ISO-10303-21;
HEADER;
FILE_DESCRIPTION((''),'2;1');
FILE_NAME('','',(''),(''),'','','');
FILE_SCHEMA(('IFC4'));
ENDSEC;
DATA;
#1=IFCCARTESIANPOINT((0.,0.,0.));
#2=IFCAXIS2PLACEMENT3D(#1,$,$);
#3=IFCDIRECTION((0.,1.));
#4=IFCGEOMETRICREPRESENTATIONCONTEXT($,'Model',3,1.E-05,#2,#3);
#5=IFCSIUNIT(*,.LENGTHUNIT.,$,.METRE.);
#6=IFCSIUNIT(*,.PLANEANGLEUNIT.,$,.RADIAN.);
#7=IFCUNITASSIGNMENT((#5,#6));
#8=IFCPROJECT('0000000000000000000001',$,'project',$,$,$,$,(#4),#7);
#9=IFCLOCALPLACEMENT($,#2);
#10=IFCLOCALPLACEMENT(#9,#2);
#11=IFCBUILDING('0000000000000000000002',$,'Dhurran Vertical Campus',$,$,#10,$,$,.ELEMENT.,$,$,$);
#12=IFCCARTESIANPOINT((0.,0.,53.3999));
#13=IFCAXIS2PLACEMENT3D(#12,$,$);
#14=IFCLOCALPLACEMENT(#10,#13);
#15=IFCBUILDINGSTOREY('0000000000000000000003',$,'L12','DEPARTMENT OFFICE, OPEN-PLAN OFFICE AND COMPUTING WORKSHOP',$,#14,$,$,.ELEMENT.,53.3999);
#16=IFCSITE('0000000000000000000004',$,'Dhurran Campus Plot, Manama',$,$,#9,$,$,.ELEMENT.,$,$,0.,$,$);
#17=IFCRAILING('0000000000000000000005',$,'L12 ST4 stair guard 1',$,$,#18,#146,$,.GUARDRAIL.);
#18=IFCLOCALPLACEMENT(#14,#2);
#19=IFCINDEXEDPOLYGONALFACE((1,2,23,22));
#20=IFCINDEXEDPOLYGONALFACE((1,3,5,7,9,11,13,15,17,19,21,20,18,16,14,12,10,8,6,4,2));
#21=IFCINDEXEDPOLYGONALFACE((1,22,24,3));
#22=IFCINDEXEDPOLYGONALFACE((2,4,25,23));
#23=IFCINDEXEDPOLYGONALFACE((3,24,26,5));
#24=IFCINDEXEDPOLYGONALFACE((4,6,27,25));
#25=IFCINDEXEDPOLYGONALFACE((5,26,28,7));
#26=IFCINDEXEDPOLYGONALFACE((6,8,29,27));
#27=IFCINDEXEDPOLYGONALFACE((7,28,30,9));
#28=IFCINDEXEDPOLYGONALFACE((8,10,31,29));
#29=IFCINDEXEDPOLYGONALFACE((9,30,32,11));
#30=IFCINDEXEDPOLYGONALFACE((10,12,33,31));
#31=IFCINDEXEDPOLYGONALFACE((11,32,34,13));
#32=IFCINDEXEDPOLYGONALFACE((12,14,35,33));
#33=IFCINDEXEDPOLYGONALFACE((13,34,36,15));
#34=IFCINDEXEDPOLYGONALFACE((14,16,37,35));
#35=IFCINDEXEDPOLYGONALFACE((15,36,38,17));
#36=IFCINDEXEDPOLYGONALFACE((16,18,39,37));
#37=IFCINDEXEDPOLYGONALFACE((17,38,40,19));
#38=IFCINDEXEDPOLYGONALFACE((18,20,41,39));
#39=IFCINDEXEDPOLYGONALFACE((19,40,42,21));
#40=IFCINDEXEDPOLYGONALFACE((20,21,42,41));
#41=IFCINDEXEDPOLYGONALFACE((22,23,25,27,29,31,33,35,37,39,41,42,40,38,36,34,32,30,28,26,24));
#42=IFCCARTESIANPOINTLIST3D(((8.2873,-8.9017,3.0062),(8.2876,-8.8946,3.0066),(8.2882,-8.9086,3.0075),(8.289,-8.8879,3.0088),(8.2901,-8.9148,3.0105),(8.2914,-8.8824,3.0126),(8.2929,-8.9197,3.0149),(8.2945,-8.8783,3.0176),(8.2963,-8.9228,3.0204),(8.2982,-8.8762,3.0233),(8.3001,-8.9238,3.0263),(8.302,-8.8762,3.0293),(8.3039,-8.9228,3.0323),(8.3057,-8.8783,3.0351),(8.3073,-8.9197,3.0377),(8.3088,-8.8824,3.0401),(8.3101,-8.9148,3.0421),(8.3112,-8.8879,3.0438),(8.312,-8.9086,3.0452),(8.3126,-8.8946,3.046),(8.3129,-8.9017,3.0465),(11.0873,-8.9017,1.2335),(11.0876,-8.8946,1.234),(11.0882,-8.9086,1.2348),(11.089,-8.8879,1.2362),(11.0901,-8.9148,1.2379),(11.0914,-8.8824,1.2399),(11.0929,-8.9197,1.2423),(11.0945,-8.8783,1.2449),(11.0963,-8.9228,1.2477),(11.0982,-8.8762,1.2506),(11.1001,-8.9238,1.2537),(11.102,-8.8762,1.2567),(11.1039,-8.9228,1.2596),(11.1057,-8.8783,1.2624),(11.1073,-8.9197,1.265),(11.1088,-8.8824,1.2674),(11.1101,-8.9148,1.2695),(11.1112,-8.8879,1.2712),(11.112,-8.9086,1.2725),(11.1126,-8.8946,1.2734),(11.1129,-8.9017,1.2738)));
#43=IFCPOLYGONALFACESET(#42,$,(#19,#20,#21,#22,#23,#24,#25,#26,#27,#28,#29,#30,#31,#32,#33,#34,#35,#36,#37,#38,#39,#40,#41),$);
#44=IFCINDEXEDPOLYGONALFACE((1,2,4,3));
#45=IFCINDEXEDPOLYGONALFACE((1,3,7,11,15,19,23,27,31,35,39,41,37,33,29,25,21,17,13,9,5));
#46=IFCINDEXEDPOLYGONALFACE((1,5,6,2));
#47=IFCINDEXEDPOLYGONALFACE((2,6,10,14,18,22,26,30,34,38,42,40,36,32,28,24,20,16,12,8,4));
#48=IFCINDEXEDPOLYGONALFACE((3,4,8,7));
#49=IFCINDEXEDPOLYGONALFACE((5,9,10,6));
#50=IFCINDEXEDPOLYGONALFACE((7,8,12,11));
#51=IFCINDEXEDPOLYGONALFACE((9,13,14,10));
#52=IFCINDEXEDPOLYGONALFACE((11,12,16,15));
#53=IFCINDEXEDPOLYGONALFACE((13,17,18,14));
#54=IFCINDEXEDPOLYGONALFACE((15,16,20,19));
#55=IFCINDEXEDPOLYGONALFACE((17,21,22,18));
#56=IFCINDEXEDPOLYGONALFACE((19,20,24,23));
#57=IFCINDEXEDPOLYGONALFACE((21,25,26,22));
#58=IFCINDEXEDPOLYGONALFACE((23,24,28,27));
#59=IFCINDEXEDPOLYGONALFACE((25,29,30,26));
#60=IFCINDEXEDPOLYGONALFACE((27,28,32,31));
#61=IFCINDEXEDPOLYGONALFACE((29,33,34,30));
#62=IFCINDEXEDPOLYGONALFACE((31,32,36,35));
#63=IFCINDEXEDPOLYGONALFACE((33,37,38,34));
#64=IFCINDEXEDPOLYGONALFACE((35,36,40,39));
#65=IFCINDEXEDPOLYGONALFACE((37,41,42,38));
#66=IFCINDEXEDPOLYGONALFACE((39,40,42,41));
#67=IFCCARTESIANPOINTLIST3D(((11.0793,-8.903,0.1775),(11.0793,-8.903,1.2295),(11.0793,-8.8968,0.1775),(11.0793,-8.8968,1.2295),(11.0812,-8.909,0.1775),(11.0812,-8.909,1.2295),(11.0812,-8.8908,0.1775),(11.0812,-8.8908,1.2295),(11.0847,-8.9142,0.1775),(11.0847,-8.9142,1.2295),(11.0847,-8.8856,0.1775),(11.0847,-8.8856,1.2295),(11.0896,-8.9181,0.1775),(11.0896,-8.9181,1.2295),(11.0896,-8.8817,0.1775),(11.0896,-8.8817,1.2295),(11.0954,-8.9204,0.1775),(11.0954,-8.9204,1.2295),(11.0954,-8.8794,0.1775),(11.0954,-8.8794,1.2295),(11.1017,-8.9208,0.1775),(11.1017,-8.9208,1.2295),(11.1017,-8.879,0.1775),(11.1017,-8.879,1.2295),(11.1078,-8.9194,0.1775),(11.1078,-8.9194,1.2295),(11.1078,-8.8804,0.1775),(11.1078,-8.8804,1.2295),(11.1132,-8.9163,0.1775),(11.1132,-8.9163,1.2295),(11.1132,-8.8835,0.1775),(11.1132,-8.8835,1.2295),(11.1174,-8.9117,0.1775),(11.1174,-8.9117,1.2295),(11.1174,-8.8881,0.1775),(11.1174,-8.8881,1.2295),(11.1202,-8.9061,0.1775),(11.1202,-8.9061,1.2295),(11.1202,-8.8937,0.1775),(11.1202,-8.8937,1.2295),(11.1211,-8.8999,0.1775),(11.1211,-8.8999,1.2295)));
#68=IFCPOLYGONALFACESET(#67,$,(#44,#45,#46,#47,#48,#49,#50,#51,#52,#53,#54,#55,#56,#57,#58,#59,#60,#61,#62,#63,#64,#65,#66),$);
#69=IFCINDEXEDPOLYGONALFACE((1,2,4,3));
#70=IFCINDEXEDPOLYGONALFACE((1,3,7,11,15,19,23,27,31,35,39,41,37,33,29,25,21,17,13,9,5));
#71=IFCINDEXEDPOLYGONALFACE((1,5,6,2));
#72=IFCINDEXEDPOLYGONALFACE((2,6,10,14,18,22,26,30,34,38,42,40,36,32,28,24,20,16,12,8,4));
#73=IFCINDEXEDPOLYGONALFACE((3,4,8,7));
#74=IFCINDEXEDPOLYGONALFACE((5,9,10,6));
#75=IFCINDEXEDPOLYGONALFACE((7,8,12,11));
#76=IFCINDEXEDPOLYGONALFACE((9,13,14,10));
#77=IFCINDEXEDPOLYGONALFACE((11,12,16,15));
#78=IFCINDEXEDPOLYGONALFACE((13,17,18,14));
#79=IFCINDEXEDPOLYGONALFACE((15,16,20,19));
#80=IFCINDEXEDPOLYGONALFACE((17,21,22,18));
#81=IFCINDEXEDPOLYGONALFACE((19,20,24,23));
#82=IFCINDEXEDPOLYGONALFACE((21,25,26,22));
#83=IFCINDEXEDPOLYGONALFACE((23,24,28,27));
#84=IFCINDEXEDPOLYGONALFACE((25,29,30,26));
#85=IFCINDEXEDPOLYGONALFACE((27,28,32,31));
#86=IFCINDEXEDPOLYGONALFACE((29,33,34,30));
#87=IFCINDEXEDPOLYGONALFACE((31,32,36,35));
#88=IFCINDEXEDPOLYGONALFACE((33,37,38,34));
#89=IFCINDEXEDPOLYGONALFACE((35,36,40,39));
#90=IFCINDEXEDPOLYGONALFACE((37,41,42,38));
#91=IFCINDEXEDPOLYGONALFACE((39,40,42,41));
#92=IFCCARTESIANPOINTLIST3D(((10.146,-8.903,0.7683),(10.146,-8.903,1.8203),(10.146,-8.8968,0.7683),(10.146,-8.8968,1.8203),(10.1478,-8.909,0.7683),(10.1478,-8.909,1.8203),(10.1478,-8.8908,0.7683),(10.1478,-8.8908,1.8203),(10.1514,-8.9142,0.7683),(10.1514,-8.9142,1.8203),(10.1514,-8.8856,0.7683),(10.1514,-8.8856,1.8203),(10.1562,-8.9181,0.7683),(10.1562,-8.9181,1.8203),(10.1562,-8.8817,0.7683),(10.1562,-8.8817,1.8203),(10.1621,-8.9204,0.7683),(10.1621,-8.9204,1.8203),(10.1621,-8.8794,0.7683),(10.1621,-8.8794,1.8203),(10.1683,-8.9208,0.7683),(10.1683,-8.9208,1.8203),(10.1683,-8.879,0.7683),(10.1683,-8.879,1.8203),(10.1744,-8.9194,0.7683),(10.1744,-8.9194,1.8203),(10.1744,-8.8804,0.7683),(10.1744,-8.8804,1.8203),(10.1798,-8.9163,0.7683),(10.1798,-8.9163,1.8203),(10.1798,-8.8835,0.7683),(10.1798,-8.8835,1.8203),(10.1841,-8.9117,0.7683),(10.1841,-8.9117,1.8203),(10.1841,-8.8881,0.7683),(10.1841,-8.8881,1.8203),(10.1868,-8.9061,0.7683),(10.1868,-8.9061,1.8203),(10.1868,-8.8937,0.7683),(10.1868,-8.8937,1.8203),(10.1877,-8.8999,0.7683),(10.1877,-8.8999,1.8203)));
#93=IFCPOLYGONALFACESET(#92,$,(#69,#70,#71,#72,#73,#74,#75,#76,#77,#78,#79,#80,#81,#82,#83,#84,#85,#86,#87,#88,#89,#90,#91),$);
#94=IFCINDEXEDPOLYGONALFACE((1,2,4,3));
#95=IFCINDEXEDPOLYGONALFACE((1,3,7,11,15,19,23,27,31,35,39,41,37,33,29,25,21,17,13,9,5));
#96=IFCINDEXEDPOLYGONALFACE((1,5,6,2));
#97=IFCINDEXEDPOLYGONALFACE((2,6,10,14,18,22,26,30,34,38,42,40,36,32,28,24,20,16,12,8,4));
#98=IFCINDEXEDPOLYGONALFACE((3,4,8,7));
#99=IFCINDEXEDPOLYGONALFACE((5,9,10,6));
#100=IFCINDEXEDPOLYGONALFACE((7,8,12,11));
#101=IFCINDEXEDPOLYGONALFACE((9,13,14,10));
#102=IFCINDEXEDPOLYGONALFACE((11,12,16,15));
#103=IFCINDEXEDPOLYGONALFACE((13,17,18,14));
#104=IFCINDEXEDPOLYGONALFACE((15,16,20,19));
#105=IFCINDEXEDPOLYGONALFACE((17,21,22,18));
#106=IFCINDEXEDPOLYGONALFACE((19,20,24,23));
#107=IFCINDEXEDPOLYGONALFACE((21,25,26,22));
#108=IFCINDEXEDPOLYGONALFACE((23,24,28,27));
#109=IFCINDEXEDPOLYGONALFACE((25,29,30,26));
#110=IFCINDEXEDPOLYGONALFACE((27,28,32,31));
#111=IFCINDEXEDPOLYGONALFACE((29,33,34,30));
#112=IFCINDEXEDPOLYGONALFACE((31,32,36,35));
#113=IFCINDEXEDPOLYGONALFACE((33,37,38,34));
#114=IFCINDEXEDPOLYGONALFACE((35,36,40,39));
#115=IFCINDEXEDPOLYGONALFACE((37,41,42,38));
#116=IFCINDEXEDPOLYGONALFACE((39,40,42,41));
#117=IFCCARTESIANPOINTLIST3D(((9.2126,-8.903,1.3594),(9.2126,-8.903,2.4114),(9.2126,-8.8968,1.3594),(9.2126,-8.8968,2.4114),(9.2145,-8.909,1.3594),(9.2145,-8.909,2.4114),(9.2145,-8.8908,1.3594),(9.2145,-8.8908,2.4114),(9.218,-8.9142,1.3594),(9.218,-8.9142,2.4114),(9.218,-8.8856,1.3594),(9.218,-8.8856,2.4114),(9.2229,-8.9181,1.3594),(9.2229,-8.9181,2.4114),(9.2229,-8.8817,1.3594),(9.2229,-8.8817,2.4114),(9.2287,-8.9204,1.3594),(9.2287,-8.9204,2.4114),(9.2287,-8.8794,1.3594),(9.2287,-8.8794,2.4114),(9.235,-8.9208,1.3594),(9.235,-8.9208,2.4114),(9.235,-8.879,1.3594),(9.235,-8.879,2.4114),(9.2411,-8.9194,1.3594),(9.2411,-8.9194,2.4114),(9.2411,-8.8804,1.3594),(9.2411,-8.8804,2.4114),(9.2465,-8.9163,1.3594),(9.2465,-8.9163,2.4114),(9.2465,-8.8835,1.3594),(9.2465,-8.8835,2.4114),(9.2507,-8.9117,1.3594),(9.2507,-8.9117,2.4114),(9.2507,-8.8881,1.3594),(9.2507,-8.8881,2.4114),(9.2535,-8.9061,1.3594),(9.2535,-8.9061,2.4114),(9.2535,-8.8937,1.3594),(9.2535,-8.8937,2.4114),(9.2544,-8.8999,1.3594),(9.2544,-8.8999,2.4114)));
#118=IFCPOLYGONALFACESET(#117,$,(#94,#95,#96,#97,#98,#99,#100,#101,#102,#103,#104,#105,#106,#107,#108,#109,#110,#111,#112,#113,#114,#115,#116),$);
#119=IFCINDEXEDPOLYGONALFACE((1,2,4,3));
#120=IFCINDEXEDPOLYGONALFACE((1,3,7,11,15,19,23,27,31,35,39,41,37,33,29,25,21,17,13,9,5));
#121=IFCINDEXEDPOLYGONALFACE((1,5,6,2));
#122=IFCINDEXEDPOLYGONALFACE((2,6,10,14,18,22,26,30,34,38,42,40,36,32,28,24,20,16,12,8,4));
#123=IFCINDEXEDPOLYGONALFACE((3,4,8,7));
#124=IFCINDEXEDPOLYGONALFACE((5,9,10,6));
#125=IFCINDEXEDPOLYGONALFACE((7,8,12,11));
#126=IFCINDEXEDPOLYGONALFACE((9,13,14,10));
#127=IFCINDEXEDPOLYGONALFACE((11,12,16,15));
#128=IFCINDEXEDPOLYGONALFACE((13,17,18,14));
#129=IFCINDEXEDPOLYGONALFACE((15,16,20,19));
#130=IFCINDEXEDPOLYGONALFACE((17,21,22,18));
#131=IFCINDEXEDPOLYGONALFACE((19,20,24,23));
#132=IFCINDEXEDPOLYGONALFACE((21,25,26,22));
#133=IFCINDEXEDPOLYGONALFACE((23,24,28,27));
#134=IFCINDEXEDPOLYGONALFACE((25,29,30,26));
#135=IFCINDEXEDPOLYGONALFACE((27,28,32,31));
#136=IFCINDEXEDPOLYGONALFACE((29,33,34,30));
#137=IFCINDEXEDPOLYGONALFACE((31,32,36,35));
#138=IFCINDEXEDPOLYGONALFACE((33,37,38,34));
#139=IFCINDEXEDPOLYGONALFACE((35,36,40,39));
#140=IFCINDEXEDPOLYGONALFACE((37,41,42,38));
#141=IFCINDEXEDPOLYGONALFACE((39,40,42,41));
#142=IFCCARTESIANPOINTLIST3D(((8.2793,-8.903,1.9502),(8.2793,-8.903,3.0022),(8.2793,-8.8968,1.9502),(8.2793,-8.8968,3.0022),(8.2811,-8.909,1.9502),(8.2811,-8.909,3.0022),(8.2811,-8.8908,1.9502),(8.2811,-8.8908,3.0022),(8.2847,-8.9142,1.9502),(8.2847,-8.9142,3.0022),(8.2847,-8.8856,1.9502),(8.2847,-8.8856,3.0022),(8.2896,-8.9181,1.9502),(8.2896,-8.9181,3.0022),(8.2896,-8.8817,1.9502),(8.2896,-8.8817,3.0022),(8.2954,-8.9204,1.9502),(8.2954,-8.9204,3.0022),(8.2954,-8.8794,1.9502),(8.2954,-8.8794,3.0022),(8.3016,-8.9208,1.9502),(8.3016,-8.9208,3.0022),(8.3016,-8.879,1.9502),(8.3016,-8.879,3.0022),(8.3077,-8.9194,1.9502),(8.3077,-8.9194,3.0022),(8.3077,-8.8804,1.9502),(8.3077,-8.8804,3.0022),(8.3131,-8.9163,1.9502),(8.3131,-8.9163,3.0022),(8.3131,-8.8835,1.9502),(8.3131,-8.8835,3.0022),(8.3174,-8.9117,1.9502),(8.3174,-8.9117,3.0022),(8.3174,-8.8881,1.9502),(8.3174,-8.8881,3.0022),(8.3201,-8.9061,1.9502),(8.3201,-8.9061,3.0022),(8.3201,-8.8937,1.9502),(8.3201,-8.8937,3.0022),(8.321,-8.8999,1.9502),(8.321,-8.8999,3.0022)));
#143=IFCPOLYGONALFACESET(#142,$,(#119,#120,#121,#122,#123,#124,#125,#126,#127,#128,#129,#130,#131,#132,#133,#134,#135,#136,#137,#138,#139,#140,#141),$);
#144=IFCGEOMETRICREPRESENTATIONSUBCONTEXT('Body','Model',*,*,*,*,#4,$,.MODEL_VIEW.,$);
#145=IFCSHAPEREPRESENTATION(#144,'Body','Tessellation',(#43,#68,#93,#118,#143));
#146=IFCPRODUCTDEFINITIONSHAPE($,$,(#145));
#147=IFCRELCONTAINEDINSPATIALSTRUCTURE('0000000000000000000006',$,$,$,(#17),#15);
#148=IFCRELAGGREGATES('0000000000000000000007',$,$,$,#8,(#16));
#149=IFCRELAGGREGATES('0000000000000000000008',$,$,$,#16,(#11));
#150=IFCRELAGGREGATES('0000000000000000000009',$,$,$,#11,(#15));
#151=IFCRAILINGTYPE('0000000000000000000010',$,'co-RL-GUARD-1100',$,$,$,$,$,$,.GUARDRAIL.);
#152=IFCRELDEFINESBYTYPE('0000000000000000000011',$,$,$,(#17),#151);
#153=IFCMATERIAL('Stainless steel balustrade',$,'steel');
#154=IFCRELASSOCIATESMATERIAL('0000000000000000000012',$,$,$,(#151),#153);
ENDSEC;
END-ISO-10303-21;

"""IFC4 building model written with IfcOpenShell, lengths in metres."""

from ifc_helpers import new_model, si_unit, direction, frame, origin, origin_2d, place, context, subcontext, project, spatial, circle, extrude, material, type_object, element, save


model = new_model("IFC4")

# Units and contexts
model_context = context("Model", 3, precision=1e-05, world=origin(), true_north=direction((0.0, 1.0)))
body_context = subcontext(model_context, "Body", "Model", "MODEL_VIEW")
ifc_project = project(units=[si_unit("LENGTHUNIT", "METRE"), si_unit("PLANEANGLEUNIT", "RADIAN")], contexts=[model_context])

# Site, building, storey
site_placement = place(None, origin())
site = spatial("IfcSite", under=ifc_project, at=site_placement, Name="Dhurran Campus Plot, Manama", CompositionType="ELEMENT", RefElevation=0.0)
building_placement = place(site_placement, origin())
building = spatial("IfcBuilding", under=site, at=building_placement, Name="Dhurran Vertical Campus", CompositionType="ELEMENT")
storey_placement = place(building_placement, frame((0.0, 0.0, 53.3999)))
storey = spatial("IfcBuildingStorey", under=building, at=storey_placement, Name="L12", Description="DEPARTMENT OFFICE, OPEN-PLAN OFFICE AND COMPUTING WORKSHOP", CompositionType="ELEMENT", Elevation=53.3999)

# Railing
ifc_material_1 = material(Name="Stainless steel balustrade", Category="steel")
railing_type_1 = type_object("IfcRailingType", Name="co-RL-GUARD-1100", PredefinedType="GUARDRAIL", material=ifc_material_1)
railing_1_placement = place(storey_placement, frame((11.1001, -8.8999, 0.1775)))
element("IfcRailing", 1, at=railing_1_placement, inside=storey, type_object=railing_type_1, Name="L12 ST4 stair guard 1", PredefinedType="GUARDRAIL", context=body_context, shape_type="SweptSolid", body=[
    extrude(circle(Radius=0.0239, at=origin_2d()), frame((0.0, 0.0, 1.0762), z_axis=(-0.844909, 0.0, 0.53491), x_axis=(0.0, -1.0, 0.0)), (0.0, 0.0, 1.0), 3.314),
    extrude(circle(Radius=0.021, at=origin_2d()), origin(), (0.0, 0.0, 1.0), 1.052),
    extrude(circle(Radius=0.021, at=origin_2d()), frame((-0.9333, 0.0, 0.5908)), (0.0, 0.0, 1.0), 1.052),
    extrude(circle(Radius=0.021, at=origin_2d()), frame((-1.8667, 0.0, 1.1819)), (0.0, 0.0, 1.0), 1.052),
    extrude(circle(Radius=0.021, at=origin_2d()), frame((-2.8, 0.0, 1.7727)), (0.0, 0.0, 1.0), 1.052),
])

save(model, "model.ifc")
